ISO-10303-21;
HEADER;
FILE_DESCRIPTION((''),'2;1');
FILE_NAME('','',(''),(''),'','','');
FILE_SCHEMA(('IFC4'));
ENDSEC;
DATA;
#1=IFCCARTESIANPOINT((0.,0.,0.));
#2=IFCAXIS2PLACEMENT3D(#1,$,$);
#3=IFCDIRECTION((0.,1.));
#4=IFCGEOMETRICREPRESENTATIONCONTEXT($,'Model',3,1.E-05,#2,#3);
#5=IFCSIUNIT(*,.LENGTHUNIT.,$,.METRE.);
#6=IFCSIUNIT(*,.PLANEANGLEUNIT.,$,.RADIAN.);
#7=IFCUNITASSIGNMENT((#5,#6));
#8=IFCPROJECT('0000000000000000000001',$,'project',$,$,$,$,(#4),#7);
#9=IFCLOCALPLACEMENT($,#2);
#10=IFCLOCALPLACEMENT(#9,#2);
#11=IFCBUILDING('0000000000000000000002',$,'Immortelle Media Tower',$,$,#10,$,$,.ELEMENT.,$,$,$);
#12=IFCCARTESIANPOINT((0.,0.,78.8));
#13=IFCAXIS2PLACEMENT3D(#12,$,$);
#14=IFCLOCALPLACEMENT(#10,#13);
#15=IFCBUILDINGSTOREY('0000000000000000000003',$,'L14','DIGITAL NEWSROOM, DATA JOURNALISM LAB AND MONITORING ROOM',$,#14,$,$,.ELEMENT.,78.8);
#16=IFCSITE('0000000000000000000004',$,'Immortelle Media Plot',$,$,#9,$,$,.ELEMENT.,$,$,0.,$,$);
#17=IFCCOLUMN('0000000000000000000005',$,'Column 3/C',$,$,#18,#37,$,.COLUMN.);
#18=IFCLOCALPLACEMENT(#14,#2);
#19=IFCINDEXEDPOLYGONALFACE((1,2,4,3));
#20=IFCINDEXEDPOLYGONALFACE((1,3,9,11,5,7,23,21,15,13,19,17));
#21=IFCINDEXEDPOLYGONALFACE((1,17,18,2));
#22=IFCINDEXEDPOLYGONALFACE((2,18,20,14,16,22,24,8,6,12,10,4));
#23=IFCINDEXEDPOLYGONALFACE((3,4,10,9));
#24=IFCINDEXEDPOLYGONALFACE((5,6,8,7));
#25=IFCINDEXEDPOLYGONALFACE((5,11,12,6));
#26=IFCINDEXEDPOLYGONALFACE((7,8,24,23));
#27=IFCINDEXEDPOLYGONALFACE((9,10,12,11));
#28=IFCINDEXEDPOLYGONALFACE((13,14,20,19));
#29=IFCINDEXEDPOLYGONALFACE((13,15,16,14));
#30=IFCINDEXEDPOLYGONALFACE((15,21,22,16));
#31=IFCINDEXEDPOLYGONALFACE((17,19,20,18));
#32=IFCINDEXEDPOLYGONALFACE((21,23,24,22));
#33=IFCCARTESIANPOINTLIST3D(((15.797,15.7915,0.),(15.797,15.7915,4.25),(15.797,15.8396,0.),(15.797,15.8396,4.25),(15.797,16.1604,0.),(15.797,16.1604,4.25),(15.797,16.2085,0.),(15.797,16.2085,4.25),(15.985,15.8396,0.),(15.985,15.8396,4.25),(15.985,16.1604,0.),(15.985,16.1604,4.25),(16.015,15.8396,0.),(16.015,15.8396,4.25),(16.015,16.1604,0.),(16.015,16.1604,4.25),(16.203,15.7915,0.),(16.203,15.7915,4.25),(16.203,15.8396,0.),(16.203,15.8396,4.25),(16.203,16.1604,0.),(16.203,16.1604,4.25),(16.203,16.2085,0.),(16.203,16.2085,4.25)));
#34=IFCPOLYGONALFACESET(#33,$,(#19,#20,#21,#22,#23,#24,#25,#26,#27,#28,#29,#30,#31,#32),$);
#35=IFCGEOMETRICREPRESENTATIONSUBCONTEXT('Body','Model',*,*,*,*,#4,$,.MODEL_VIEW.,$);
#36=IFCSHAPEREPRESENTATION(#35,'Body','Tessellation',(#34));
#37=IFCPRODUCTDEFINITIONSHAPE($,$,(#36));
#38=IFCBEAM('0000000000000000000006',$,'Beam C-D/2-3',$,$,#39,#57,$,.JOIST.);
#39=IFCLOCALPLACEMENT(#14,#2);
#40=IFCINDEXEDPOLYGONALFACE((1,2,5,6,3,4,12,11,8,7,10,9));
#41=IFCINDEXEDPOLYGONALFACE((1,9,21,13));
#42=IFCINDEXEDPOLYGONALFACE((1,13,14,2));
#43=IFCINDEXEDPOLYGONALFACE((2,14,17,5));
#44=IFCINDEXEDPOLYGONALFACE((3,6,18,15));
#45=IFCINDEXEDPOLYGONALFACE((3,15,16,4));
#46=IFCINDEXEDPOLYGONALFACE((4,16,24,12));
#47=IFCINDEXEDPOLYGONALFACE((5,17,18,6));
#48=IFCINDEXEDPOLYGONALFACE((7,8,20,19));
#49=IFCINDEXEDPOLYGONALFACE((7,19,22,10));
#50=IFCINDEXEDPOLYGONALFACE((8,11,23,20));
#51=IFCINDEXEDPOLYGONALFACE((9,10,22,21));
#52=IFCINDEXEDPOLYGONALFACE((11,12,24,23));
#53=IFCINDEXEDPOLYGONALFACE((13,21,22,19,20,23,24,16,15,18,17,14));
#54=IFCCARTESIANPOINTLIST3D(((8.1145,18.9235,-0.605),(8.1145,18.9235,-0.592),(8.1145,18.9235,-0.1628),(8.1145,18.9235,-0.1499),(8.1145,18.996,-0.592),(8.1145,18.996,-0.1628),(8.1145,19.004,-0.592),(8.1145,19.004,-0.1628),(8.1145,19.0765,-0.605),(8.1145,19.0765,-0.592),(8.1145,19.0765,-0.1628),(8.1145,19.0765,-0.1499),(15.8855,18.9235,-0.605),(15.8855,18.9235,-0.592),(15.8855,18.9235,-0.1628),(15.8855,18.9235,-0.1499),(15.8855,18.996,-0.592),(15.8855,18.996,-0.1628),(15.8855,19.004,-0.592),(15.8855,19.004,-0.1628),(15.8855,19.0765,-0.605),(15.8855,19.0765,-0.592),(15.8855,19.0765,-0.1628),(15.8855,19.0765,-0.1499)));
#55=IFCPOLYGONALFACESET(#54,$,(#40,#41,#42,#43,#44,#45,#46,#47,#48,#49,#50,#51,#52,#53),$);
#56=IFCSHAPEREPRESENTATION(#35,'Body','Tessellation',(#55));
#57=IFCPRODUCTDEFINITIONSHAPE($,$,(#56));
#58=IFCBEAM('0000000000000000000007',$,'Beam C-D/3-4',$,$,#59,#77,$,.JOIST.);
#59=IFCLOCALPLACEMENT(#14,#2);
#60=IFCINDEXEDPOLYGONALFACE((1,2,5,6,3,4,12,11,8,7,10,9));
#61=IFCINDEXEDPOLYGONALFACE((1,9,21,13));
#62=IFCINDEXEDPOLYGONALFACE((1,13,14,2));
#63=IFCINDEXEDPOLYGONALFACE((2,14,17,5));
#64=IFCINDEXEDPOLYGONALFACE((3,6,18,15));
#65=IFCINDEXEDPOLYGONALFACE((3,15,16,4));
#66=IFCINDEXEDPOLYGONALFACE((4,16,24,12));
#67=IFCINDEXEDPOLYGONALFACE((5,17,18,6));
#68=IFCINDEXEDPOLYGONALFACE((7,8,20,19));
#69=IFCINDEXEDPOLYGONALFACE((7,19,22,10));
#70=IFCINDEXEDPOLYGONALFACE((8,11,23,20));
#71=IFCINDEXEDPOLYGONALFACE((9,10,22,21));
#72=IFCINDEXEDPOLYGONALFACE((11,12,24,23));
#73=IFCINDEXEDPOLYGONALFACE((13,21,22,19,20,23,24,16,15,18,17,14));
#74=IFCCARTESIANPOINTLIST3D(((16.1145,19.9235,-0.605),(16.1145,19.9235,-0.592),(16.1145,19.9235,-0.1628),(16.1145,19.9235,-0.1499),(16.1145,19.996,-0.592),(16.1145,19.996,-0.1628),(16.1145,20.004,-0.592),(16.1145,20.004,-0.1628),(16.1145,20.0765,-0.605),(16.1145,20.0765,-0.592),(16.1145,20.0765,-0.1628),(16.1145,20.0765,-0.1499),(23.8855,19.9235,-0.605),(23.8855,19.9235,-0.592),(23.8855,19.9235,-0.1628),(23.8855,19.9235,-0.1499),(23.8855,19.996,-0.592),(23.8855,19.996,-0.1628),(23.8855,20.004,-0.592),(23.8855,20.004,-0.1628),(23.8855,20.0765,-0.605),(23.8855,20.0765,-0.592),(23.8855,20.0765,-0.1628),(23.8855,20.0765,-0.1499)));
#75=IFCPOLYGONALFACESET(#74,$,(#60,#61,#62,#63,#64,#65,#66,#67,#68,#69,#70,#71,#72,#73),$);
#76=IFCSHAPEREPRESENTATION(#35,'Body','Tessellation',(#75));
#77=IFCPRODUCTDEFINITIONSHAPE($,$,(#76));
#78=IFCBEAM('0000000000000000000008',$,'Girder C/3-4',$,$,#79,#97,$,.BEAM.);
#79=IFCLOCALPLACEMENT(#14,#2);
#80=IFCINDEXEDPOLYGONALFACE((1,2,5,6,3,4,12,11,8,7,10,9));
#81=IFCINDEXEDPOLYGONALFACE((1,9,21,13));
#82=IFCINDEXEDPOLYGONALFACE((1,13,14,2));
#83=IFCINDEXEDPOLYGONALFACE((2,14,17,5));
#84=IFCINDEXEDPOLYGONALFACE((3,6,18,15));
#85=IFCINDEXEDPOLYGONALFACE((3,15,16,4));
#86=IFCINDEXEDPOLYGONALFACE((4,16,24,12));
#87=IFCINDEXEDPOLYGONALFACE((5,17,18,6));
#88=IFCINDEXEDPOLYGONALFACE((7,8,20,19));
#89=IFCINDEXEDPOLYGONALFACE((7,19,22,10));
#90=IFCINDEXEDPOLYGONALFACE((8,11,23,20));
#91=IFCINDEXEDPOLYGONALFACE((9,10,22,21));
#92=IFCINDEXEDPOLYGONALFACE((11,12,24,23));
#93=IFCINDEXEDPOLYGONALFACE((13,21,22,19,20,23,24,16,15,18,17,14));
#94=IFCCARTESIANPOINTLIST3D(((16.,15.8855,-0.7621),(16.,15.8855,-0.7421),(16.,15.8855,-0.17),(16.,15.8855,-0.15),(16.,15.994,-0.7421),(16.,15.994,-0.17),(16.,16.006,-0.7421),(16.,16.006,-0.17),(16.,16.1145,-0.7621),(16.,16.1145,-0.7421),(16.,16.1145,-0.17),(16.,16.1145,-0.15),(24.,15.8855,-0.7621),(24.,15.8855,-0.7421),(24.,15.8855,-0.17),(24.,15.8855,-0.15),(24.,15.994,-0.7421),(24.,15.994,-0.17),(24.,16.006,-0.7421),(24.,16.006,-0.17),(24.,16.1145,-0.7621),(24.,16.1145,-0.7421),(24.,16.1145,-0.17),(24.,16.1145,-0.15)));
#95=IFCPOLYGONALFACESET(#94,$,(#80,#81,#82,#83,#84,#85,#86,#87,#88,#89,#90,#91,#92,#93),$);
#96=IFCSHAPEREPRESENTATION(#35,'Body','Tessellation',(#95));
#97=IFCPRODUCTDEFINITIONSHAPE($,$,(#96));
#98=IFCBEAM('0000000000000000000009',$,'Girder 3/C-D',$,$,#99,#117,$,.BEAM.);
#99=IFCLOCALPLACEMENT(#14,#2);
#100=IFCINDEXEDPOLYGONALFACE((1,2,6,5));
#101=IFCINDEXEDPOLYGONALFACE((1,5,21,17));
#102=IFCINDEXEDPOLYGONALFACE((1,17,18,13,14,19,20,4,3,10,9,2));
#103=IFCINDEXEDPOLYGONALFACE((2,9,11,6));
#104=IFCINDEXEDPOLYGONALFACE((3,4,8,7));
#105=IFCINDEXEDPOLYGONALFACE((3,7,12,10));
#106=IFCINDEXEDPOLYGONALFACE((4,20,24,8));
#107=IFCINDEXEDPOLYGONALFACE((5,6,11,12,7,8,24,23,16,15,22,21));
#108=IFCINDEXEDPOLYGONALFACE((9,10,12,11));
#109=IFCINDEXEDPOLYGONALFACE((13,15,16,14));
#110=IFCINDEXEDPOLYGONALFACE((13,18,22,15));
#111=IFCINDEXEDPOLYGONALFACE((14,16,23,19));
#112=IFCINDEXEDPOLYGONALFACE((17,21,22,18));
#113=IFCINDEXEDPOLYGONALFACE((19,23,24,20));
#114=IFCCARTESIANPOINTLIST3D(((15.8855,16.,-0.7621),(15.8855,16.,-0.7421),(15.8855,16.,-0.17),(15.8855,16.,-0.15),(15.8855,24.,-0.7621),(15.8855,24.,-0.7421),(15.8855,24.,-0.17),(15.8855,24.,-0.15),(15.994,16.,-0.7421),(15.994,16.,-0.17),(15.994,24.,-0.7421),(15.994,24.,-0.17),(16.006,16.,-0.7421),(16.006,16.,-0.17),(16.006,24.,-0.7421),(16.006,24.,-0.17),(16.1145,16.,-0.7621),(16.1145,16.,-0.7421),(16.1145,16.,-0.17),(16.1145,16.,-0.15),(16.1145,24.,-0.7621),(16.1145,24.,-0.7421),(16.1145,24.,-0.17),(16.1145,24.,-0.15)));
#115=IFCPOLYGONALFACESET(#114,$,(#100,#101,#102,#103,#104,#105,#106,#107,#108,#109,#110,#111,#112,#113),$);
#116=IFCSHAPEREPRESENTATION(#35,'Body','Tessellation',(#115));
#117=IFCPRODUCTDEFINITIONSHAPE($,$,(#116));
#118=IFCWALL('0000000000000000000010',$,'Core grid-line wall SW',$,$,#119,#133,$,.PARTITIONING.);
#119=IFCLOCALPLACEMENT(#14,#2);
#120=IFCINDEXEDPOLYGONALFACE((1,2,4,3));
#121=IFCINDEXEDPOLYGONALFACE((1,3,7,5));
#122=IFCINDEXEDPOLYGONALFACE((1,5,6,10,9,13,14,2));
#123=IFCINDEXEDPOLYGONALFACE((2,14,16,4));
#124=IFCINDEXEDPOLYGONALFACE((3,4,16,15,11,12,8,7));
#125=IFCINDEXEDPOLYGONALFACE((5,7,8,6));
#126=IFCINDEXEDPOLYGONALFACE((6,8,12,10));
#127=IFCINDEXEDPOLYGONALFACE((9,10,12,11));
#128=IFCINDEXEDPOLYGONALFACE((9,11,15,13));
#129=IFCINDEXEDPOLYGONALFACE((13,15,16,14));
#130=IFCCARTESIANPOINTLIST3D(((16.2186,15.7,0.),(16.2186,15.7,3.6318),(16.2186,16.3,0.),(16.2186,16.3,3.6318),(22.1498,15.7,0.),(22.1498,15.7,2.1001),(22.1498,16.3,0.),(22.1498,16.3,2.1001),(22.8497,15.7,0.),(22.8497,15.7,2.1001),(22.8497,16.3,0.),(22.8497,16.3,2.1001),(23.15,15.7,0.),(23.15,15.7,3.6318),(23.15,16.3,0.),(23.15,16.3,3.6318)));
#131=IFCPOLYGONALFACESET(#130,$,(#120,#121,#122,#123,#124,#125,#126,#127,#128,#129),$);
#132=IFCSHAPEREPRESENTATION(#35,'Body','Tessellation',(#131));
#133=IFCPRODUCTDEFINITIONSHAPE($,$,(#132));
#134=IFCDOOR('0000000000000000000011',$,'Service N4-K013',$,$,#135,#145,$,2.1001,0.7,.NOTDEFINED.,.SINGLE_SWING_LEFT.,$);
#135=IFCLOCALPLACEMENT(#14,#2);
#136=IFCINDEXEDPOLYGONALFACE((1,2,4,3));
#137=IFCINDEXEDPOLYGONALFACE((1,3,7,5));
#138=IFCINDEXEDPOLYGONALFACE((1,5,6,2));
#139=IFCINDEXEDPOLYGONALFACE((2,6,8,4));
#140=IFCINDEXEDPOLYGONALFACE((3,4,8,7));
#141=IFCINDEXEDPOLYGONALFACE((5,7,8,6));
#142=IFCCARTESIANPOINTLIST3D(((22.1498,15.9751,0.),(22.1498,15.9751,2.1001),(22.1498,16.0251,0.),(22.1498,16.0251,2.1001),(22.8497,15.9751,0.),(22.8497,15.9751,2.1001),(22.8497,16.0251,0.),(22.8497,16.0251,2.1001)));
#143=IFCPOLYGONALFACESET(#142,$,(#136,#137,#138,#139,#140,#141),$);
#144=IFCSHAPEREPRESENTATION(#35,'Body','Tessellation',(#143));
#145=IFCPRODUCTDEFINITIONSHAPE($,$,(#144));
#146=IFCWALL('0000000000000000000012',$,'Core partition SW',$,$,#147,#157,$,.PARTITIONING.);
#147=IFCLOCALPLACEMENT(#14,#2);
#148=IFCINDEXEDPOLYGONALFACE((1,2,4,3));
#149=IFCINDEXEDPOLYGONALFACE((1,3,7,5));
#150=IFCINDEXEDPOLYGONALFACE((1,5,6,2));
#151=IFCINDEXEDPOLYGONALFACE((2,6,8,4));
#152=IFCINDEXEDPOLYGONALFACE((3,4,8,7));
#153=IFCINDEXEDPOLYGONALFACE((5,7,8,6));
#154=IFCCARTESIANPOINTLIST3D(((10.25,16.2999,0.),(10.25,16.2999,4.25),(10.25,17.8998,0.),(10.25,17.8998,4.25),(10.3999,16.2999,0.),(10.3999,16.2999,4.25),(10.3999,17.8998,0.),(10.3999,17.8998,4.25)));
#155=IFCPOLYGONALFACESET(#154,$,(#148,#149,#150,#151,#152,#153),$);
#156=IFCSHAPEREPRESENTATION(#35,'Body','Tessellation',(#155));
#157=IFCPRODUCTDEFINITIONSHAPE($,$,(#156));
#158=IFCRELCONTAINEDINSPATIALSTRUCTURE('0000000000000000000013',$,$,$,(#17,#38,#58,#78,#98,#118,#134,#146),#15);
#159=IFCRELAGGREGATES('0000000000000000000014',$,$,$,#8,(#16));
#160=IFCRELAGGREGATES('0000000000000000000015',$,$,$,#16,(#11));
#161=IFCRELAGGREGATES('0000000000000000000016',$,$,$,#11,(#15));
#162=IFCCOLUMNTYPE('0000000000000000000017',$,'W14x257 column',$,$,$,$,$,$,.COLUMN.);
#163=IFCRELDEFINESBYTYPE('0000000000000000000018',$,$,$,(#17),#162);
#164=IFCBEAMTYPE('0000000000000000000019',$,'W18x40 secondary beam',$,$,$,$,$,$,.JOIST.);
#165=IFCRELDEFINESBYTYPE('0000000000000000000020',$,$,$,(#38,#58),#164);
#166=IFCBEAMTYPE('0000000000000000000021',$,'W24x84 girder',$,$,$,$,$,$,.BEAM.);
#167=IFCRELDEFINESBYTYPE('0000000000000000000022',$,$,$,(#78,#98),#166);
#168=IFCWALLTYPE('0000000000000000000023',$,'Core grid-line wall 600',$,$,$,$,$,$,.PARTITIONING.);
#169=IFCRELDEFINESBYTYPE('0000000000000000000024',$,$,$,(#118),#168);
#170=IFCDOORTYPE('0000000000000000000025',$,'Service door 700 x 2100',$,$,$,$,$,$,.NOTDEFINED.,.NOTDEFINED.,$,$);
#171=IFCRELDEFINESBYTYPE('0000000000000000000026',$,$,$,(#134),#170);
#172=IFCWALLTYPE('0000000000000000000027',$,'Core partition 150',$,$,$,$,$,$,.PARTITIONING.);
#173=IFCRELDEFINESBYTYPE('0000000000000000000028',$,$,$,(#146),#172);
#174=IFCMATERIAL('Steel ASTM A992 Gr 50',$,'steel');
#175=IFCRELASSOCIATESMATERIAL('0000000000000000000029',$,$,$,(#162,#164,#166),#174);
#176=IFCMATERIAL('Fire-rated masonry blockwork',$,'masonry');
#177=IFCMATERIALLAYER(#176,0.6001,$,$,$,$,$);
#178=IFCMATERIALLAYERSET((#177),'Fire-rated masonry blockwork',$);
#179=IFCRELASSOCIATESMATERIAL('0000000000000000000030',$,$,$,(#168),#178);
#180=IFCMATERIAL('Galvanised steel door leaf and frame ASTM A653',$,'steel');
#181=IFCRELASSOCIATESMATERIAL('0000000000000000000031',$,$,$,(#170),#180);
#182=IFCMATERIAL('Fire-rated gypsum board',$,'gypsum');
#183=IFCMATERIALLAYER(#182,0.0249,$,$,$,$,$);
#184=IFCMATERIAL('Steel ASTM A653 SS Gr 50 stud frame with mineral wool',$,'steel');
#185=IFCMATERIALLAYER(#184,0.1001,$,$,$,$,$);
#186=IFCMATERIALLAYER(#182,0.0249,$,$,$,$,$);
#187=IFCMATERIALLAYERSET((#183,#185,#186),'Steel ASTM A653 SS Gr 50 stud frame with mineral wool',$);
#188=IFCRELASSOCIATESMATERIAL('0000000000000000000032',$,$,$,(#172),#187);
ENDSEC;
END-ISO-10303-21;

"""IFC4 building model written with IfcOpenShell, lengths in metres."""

from ifc_helpers import new_model, si_unit, direction, frame, frame_2d, origin, origin_2d, place, context, subcontext, project, spatial, rectangle, i_section, extrude, material, layer, layer_set, material_profile, profile_set, type_object, element, fill, save


model = new_model("IFC4")

# Units and contexts
model_context = context("Model", 3, precision=1e-05, world=origin(), true_north=direction((0.0, 1.0)))
body_context = subcontext(model_context, "Body", "Model", "MODEL_VIEW")
ifc_project = project(units=[si_unit("LENGTHUNIT", "METRE"), si_unit("PLANEANGLEUNIT", "RADIAN")], contexts=[model_context])

# Site, building, storey
site_placement = place(None, origin())
site = spatial("IfcSite", under=ifc_project, at=site_placement, Name="Immortelle Media Plot", CompositionType="ELEMENT", RefElevation=0.0)
building_placement = place(site_placement, origin())
building = spatial("IfcBuilding", under=site, at=building_placement, Name="Immortelle Media Tower", CompositionType="ELEMENT")
storey_placement = place(building_placement, frame((0.0, 0.0, 78.8)))
storey = spatial("IfcBuildingStorey", under=building, at=storey_placement, Name="L14", Description="DIGITAL NEWSROOM, DATA JOURNALISM LAB AND MONITORING ROOM", CompositionType="ELEMENT", Elevation=78.8)

# Column
ifc_material_1 = material(Name="Steel ASTM A992 Gr 50", Category="steel")
ifc_material_profile_1 = material_profile(ifc_material_1, i_section(OverallWidth=0.406, OverallDepth=0.417, WebThickness=0.03, FlangeThickness=0.0481, at=origin_2d()), Name="W14x257")
ifc_profile_set_1 = profile_set([ifc_material_profile_1], Name="Steel ASTM A992 Gr 50")
column_type = type_object("IfcColumnType", Name="W14x257 column", PredefinedType="COLUMN", material=ifc_profile_set_1)
column_placement = place(storey_placement, frame((16.0, 16.0, 0.0), z_axis=(0.0, 0.0, 1.0), x_axis=(1.0, 0.0, 0.0)))
element("IfcColumn", 1, at=column_placement, inside=storey, type_object=column_type, Name="Column 3/C", PredefinedType="COLUMN", context=body_context, shape_type="SweptSolid", body=[
    extrude(i_section(OverallWidth=0.406, OverallDepth=0.417, WebThickness=0.03, FlangeThickness=0.0481, at=origin_2d()), origin(), (0.0, 0.0, 1.0), 4.25),
])

# Beams
ifc_material_profile_2 = material_profile(ifc_material_1, i_section(OverallWidth=0.1531, OverallDepth=0.4551, WebThickness=0.0081, FlangeThickness=0.0129, at=origin_2d()), Name="W18x40")
ifc_profile_set_2 = profile_set([ifc_material_profile_2], Name="Steel ASTM A992 Gr 50")
beam_type_1 = type_object("IfcBeamType", Name="W18x40 secondary beam", PredefinedType="JOIST", material=ifc_profile_set_2)
for number, where, z_axis, x_axis, name in (
    (2, (8.1145, 19.0, -0.3774), (1.0, 0.0, 0.0), (0.0, 1.0, 0.0), "Beam C-D/2-3"),
    (3, (16.1145, 20.0, -0.3774), (1.0, 0.0, 0.0), (0.0, 1.0, 0.0), "Beam C-D/3-4"),
):
    element("IfcBeam", number, at=place(storey_placement, frame(where, z_axis=z_axis, x_axis=x_axis)), inside=storey, type_object=beam_type_1, Name=name, PredefinedType="JOIST", context=body_context, shape_type="SweptSolid", body=[
        extrude(i_section(OverallWidth=0.1531, OverallDepth=0.4551, WebThickness=0.0081, FlangeThickness=0.0129, at=origin_2d()), origin(), (0.0, 0.0, 1.0), 7.771),
    ])
ifc_material_profile_3 = material_profile(ifc_material_1, i_section(OverallWidth=0.229, OverallDepth=0.6121, WebThickness=0.012, FlangeThickness=0.02, at=origin_2d()), Name="W24x84")
ifc_profile_set_3 = profile_set([ifc_material_profile_3], Name="Steel ASTM A992 Gr 50")
beam_type_2 = type_object("IfcBeamType", Name="W24x84 girder", PredefinedType="BEAM", material=ifc_profile_set_3)
for number, where, z_axis, x_axis, name in (
    (4, (16.0, 16.0, -0.4561), (1.0, 0.0, 0.0), (0.0, 1.0, 0.0), "Girder C/3-4"),
    (5, (16.0, 16.0, -0.4561), (0.0, 1.0, 0.0), (-1.0, 0.0, 0.0), "Girder 3/C-D"),
):
    element("IfcBeam", number, at=place(storey_placement, frame(where, z_axis=z_axis, x_axis=x_axis)), inside=storey, type_object=beam_type_2, Name=name, PredefinedType="BEAM", context=body_context, shape_type="SweptSolid", body=[
        extrude(i_section(OverallWidth=0.229, OverallDepth=0.6121, WebThickness=0.012, FlangeThickness=0.02, at=origin_2d()), origin(), (0.0, 0.0, 1.0), 8.0),
    ])

# Wall, opening, door
ifc_material_2 = material(Name="Fire-rated masonry blockwork", Category="masonry")
ifc_layer_1 = layer(ifc_material_2, 0.6001)
ifc_layer_set_1 = layer_set([ifc_layer_1], Name="Fire-rated masonry blockwork")
wall_type_1 = type_object("IfcWallType", Name="Core grid-line wall 600", PredefinedType="PARTITIONING", material=ifc_layer_set_1)
wall_1_placement = place(storey_placement, frame((16.2185, 16.0, 0.0), z_axis=(0.0, 0.0, 1.0), x_axis=(1.0, 0.0, 0.0)))
wall_1 = element("IfcWall", 6, at=wall_1_placement, inside=storey, type_object=wall_type_1, Name="Core grid-line wall SW", PredefinedType="PARTITIONING", context=body_context, shape_type="SweptSolid", body=[
    extrude(rectangle(XDim=6.9314, YDim=0.6001, at=frame_2d((3.4658, 0.0))), origin(), (0.0, 0.0, 1.0), 3.6318),
])
opening_1_placement = place(wall_1_placement, frame((6.6313, 0.0, 0.0), z_axis=(0.0, 0.0, 1.0), x_axis=(-1.0, 0.0, 0.0)))
opening_1 = element("IfcOpeningElement", 7, at=opening_1_placement, cuts=wall_1, PredefinedType="OPENING", context=body_context, shape_type="SweptSolid", body=[
    extrude(rectangle(XDim=0.7, YDim=2.1001, at=frame_2d((0.3501, 1.05))), frame((0.0, 0.3101, 0.0), z_axis=(0.0, -1.0, 0.0), x_axis=(1.0, 0.0, 0.0)), (0.0, 0.0, 1.0), 0.6201),
])
ifc_material_3 = material(Name="Galvanised steel door leaf and frame ASTM A653", Category="steel")
door_type_1 = type_object("IfcDoorType", Name="Service door 700 x 2100", OperationType="NOTDEFINED", PredefinedType="NOTDEFINED", material=ifc_material_3)
door_1_placement = place(opening_1_placement, origin())
door_1 = element("IfcDoor", 8, at=door_1_placement, inside=storey, type_object=door_type_1, Name="Service N4-K013", OperationType="SINGLE_SWING_LEFT", OverallHeight=2.1001, OverallWidth=0.7, PredefinedType="NOTDEFINED", context=body_context, shape_type="SweptSolid", body=[
    extrude(rectangle(XDim=0.7, YDim=2.1001, at=frame_2d((0.3501, 1.05))), frame((0.0, 0.0249, 0.0), z_axis=(0.0, -1.0, 0.0), x_axis=(1.0, 0.0, 0.0)), (0.0, 0.0, 1.0), 0.05),
])
fill(opening_1, door_1)

# Wall
ifc_material_4 = material(Name="Fire-rated gypsum board", Category="gypsum")
ifc_layer_2 = layer(ifc_material_4, 0.0249)
ifc_material_5 = material(Name="Steel ASTM A653 SS Gr 50 stud frame with mineral wool", Category="steel")
ifc_layer_3 = layer(ifc_material_5, 0.1001)
ifc_layer_4 = layer(ifc_material_4, 0.0249)
ifc_layer_set_2 = layer_set([ifc_layer_2, ifc_layer_3, ifc_layer_4], Name="Steel ASTM A653 SS Gr 50 stud frame with mineral wool")
wall_type_2 = type_object("IfcWallType", Name="Core partition 150", PredefinedType="PARTITIONING", material=ifc_layer_set_2)
wall_2_placement = place(storey_placement, frame((10.325, 16.3, 0.0), z_axis=(0.0, 0.0, 1.0), x_axis=(0.0, 1.0, 0.0)))
element("IfcWall", 9, at=wall_2_placement, inside=storey, type_object=wall_type_2, Name="Core partition SW", PredefinedType="PARTITIONING", context=body_context, shape_type="SweptSolid", body=[
    extrude(rectangle(XDim=1.5999, YDim=0.1499, at=frame_2d((0.7998, 0.0))), origin(), (0.0, 0.0, 1.0), 4.25),
])

save(model, "model.ifc")
